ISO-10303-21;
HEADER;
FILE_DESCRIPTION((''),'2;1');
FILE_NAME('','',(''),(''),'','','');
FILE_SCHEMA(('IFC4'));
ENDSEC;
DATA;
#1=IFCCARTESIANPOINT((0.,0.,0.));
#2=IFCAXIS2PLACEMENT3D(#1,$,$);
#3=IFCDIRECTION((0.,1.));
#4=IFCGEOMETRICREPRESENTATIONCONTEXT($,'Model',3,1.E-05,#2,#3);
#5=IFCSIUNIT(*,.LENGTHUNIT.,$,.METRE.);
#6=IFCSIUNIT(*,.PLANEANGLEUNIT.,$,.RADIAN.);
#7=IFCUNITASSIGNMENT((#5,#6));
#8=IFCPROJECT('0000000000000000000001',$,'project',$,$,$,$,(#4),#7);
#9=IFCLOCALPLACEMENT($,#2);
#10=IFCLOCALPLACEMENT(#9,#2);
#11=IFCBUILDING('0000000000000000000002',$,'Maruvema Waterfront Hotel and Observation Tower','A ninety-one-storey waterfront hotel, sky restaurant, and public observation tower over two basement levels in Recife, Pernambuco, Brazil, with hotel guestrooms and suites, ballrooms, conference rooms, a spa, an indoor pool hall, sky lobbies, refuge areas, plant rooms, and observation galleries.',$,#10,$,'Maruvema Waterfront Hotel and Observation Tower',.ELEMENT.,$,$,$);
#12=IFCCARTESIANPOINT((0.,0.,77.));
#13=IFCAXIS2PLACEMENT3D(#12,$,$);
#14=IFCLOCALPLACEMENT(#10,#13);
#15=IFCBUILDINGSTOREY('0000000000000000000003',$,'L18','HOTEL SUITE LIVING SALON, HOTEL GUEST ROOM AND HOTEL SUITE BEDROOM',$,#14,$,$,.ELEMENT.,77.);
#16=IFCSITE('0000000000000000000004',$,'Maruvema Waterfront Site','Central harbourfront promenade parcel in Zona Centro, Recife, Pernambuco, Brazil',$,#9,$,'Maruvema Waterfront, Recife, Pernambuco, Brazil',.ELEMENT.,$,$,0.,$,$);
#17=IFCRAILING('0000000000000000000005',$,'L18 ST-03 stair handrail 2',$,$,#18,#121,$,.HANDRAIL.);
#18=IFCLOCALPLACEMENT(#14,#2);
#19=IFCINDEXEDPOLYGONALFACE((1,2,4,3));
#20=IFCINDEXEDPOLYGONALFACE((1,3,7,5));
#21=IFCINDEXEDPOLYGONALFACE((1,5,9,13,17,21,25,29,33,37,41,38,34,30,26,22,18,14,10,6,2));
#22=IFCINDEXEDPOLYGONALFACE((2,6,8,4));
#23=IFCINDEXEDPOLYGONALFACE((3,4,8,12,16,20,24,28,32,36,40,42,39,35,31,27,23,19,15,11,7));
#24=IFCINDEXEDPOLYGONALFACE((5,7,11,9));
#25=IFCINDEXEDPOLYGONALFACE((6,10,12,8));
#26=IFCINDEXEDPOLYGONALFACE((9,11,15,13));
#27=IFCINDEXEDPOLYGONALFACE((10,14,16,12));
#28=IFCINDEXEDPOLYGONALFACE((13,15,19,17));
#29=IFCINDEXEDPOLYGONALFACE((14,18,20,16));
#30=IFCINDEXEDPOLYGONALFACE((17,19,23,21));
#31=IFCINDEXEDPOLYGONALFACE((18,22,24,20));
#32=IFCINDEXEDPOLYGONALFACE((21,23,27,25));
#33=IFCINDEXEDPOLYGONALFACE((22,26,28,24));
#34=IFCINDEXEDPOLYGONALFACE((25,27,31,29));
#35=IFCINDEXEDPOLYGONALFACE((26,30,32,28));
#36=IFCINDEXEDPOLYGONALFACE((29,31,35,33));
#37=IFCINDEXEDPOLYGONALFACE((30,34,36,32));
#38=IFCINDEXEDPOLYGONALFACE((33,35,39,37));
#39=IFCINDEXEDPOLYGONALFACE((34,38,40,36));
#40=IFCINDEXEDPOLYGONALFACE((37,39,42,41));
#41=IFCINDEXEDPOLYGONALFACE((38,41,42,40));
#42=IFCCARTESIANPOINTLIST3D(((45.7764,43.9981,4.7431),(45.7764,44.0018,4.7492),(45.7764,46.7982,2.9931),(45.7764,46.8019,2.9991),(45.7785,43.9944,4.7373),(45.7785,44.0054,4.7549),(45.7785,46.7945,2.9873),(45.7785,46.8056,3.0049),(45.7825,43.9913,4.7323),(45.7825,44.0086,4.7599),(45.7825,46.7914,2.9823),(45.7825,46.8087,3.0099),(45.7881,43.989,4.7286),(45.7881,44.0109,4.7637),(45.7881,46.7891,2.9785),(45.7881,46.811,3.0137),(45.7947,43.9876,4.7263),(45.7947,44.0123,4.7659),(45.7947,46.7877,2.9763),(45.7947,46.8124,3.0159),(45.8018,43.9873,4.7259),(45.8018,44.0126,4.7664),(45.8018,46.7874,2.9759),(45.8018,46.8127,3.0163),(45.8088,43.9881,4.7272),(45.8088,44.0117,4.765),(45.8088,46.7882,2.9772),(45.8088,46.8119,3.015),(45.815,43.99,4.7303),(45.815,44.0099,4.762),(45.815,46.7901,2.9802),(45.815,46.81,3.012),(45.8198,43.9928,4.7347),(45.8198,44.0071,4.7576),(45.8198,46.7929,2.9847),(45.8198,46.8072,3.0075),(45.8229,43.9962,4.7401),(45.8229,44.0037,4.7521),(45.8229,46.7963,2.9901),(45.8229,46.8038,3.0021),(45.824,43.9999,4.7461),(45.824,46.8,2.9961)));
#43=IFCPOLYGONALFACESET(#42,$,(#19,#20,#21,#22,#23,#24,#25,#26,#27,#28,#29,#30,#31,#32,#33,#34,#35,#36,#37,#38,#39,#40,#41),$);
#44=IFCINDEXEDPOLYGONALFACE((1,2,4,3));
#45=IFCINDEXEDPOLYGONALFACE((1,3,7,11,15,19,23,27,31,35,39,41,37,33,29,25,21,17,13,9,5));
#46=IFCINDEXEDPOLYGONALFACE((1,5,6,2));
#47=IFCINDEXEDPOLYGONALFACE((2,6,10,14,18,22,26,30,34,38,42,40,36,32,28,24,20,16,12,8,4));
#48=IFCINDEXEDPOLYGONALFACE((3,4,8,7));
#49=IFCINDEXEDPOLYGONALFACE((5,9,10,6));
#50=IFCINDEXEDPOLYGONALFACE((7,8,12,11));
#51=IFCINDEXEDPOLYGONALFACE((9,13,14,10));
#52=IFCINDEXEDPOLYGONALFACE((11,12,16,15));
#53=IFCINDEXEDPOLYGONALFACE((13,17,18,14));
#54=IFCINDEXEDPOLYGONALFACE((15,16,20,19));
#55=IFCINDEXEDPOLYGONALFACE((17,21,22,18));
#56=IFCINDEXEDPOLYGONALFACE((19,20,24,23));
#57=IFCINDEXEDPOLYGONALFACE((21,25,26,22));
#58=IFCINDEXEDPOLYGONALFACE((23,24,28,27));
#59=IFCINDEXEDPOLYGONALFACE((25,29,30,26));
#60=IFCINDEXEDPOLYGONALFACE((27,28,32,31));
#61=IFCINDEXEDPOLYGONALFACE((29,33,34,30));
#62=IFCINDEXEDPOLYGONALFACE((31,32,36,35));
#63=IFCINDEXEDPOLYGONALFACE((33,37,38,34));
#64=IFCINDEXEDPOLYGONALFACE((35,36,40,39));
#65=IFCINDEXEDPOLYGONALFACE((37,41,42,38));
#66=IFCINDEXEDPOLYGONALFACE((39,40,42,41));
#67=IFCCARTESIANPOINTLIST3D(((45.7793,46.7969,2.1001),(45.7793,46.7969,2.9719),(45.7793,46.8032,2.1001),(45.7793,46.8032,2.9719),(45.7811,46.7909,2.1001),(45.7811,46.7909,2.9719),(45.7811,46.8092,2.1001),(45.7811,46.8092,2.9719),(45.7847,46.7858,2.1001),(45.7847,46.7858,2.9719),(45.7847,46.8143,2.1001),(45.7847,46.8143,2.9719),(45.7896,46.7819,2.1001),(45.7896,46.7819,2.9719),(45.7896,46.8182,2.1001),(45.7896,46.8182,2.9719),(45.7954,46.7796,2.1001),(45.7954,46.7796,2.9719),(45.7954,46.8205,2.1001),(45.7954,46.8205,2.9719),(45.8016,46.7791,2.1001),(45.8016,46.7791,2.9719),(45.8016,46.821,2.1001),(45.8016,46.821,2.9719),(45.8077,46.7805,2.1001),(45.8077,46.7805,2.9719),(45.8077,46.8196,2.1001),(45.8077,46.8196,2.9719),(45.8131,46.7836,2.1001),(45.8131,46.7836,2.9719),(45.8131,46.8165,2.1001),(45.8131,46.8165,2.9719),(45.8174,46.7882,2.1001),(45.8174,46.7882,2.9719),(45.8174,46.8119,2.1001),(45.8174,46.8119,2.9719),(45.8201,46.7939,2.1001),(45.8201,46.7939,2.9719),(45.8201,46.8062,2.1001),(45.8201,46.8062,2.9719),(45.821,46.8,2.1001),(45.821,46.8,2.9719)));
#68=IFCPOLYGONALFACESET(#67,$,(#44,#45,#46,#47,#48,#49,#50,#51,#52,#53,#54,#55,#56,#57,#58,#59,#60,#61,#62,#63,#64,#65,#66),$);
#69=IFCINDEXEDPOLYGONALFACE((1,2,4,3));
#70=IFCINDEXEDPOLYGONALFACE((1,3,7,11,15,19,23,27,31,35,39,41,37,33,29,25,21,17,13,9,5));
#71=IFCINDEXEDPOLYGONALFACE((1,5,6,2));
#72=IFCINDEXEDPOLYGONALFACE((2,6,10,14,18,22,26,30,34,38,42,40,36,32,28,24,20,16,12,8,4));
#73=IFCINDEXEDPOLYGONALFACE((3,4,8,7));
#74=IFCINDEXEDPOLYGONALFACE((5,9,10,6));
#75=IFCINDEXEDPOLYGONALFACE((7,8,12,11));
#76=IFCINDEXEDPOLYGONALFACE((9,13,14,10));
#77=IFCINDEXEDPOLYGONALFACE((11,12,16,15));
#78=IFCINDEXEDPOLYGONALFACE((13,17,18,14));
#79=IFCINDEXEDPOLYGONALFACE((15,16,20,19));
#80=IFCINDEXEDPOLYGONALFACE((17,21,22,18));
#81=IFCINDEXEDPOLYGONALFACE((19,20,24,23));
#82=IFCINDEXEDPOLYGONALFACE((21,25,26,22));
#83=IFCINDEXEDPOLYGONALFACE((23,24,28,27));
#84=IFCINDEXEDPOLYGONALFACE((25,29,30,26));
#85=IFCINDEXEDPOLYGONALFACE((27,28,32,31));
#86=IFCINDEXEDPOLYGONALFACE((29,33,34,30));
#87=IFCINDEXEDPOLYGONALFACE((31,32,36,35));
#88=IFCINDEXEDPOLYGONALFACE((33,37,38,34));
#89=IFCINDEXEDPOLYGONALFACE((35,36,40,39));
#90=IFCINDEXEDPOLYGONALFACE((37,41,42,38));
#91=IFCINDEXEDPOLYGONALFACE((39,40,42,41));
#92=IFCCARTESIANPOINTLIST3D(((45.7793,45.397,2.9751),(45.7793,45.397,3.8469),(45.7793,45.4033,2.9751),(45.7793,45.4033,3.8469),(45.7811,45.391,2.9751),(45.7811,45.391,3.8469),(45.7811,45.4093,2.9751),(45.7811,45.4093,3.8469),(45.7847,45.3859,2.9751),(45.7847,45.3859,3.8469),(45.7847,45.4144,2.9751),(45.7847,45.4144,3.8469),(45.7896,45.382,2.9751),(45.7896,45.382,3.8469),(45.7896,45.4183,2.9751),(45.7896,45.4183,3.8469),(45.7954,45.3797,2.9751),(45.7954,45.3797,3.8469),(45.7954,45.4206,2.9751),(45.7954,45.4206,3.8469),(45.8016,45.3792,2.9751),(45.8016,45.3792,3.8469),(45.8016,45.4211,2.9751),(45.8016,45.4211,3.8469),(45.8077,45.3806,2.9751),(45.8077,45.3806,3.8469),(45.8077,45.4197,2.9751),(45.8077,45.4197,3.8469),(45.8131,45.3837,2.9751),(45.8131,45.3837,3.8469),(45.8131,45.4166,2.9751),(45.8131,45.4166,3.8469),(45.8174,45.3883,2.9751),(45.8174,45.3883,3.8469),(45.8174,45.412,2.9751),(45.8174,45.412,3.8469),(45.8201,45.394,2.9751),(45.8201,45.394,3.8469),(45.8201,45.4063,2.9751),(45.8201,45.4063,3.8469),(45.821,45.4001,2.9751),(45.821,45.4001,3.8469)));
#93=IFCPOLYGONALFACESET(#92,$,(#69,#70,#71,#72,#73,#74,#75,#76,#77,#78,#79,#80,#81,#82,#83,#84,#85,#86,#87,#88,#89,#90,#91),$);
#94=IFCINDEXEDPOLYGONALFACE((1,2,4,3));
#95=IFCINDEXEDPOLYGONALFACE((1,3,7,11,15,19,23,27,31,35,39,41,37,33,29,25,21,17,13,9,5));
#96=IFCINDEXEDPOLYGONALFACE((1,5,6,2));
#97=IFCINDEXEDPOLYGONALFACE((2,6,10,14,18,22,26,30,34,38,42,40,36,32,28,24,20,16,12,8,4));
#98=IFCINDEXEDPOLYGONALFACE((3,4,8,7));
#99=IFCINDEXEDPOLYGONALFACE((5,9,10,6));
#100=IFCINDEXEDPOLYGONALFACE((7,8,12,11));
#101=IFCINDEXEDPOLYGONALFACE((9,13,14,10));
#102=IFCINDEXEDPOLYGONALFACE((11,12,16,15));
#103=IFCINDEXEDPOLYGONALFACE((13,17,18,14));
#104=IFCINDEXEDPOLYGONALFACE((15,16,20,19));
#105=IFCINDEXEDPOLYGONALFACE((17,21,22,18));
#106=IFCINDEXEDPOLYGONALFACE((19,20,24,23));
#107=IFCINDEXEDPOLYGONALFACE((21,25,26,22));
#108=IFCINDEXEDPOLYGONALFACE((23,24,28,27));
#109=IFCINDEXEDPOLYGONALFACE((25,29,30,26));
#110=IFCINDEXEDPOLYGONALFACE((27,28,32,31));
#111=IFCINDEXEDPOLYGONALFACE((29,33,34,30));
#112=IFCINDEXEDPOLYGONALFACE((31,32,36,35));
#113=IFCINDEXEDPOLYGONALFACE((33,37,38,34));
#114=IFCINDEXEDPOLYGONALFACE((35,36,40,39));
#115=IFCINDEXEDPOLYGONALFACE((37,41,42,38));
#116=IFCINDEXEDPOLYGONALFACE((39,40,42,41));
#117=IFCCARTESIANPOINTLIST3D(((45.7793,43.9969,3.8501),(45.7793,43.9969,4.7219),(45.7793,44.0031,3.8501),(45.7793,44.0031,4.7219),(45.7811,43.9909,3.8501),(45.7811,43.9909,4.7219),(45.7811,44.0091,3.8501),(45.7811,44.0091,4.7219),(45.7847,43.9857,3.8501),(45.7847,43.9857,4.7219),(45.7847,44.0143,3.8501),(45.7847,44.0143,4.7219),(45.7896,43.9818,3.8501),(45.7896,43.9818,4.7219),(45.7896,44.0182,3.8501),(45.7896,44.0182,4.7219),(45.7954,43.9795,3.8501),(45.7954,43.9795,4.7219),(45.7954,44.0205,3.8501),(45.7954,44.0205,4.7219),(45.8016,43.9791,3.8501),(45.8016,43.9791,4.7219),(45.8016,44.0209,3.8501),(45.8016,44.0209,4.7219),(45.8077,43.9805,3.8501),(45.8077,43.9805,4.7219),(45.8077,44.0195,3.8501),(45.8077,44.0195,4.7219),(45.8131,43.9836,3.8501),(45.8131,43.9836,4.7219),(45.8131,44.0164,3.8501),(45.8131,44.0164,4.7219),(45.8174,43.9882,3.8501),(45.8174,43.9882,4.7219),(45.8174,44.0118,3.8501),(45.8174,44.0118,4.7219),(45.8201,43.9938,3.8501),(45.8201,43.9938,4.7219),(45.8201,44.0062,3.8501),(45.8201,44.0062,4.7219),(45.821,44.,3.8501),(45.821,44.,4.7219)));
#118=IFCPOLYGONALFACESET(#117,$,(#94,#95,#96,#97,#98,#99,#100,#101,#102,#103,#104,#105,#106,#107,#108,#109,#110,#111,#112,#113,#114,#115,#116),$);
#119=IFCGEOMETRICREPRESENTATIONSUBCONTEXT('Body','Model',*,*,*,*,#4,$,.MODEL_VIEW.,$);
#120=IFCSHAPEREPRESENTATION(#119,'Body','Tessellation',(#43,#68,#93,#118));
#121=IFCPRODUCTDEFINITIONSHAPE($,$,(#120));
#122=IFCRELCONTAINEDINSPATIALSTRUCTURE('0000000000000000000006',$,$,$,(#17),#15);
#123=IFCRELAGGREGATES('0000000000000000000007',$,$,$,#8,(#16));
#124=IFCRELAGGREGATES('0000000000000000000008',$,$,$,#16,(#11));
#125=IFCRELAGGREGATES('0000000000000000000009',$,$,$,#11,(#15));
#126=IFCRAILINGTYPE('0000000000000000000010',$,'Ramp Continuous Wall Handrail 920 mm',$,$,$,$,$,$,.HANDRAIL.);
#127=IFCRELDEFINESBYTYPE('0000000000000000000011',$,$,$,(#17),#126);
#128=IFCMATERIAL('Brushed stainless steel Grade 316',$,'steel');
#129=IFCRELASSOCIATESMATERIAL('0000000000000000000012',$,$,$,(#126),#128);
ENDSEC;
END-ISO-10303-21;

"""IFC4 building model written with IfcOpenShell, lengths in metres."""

from ifc_helpers import new_model, si_unit, direction, frame, origin, origin_2d, place, context, subcontext, project, spatial, circle, extrude, material, type_object, element, save


model = new_model("IFC4")

# Units and contexts
model_context = context("Model", 3, precision=1e-05, world=origin(), true_north=direction((0.0, 1.0)))
body_context = subcontext(model_context, "Body", "Model", "MODEL_VIEW")
ifc_project = project(units=[si_unit("LENGTHUNIT", "METRE"), si_unit("PLANEANGLEUNIT", "RADIAN")], contexts=[model_context])

# Site, building, storey
site_placement = place(None, origin())
site = spatial("IfcSite", under=ifc_project, at=site_placement, Name="Maruvema Waterfront Site", Description="Central harbourfront promenade parcel in Zona Centro, Recife, Pernambuco, Brazil", LongName="Maruvema Waterfront, Recife, Pernambuco, Brazil", CompositionType="ELEMENT", RefElevation=0.0)
building_placement = place(site_placement, origin())
building = spatial("IfcBuilding", under=site, at=building_placement, Name="Maruvema Waterfront Hotel and Observation Tower", Description="A ninety-one-storey waterfront hotel, sky restaurant, and public observation tower over two basement levels in Recife, Pernambuco, Brazil, with hotel guestrooms and suites, ballrooms, conference rooms, a spa, an indoor pool hall, sky lobbies, refuge areas, plant rooms, and observation galleries.", LongName="Maruvema Waterfront Hotel and Observation Tower", CompositionType="ELEMENT")
storey_placement = place(building_placement, frame((0.0, 0.0, 77.0)))
storey = spatial("IfcBuildingStorey", under=building, at=storey_placement, Name="L18", Description="HOTEL SUITE LIVING SALON, HOTEL GUEST ROOM AND HOTEL SUITE BEDROOM", CompositionType="ELEMENT", Elevation=77.0)

# Railing
ifc_material_1 = material(Name="Brushed stainless steel Grade 316", Category="steel")
railing_type_1 = type_object("IfcRailingType", Name="Ramp Continuous Wall Handrail 920 mm", PredefinedType="HANDRAIL", material=ifc_material_1)
railing_1_placement = place(storey_placement, frame((45.8, 46.8, 2.1001)))
element("IfcRailing", 1, at=railing_1_placement, inside=storey, type_object=railing_type_1, Name="L18 ST-03 stair handrail 2", PredefinedType="HANDRAIL", context=body_context, shape_type="SweptSolid", body=[
    extrude(circle(Radius=0.0239, at=origin_2d()), frame((0.0, 0.0, 0.896), z_axis=(0.0, -0.848002, 0.529992), x_axis=(1.0, 0.0, 0.0)), (0.0, 0.0, 1.0), 3.302),
    extrude(circle(Radius=0.021, at=origin_2d()), origin(), (0.0, 0.0, 1.0), 0.8718),
    extrude(circle(Radius=0.021, at=origin_2d()), frame((0.0, -1.3999, 0.875)), (0.0, 0.0, 1.0), 0.8718),
    extrude(circle(Radius=0.021, at=origin_2d()), frame((0.0, -2.8, 1.75)), (0.0, 0.0, 1.0), 0.8718),
])

save(model, "model.ifc")
